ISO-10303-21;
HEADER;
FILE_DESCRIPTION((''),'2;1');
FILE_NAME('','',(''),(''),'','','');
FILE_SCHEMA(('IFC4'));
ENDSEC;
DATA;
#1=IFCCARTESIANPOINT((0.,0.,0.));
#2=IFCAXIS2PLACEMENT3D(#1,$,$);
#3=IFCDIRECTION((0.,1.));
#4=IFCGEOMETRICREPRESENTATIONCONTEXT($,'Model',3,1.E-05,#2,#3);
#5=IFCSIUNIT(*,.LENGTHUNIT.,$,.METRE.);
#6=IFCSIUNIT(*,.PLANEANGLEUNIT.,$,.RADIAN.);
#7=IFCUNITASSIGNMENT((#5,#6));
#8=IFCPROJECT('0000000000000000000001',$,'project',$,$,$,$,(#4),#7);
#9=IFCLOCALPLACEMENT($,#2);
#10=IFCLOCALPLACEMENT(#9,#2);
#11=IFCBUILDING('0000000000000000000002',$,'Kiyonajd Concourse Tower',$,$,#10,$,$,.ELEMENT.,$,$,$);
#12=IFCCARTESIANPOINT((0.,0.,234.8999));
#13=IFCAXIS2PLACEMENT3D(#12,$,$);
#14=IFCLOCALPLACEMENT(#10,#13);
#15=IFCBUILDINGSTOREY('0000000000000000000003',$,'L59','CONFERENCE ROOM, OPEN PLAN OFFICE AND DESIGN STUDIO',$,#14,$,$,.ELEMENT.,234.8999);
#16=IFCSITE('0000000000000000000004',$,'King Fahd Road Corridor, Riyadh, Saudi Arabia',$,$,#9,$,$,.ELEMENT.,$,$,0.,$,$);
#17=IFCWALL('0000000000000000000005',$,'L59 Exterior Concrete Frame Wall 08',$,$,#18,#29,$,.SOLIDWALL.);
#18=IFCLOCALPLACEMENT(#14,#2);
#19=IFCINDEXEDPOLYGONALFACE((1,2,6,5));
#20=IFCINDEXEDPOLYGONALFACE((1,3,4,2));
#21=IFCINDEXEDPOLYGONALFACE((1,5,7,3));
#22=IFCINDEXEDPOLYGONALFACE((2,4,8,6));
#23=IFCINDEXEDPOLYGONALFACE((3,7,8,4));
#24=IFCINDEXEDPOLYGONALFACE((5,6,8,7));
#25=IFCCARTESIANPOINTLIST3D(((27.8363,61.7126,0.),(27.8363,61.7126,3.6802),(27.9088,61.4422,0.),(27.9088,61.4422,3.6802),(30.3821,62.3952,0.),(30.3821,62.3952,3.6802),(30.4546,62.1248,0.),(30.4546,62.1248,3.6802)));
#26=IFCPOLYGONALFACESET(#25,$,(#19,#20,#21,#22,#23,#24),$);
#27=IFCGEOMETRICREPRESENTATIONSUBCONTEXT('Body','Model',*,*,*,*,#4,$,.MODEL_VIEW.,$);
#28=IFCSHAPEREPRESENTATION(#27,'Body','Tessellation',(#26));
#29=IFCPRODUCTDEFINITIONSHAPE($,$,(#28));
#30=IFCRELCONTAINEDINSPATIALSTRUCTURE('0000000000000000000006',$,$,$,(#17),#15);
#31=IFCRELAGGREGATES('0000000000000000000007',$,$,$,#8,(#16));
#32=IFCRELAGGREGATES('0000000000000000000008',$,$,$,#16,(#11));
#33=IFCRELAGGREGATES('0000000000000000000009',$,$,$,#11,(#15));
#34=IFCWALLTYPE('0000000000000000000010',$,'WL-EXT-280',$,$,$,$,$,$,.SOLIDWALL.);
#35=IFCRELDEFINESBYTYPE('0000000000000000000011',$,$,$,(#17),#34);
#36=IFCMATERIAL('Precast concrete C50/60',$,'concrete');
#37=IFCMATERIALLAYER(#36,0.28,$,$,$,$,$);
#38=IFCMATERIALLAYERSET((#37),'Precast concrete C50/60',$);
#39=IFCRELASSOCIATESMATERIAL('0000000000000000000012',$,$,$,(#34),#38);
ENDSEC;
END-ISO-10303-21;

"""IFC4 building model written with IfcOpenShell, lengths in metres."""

from ifc_helpers import new_model, si_unit, direction, frame, frame_2d, origin, place, context, subcontext, project, spatial, rectangle, extrude, material, layer, layer_set, type_object, element, save


model = new_model("IFC4")

# Units and contexts
model_context = context("Model", 3, precision=1e-05, world=origin(), true_north=direction((0.0, 1.0)))
body_context = subcontext(model_context, "Body", "Model", "MODEL_VIEW")
ifc_project = project(units=[si_unit("LENGTHUNIT", "METRE"), si_unit("PLANEANGLEUNIT", "RADIAN")], contexts=[model_context])

# Site, building, storey
site_placement = place(None, origin())
site = spatial("IfcSite", under=ifc_project, at=site_placement, Name="King Fahd Road Corridor, Riyadh, Saudi Arabia", CompositionType="ELEMENT", RefElevation=0.0)
building_placement = place(site_placement, origin())
building = spatial("IfcBuilding", under=site, at=building_placement, Name="Kiyonajd Concourse Tower", CompositionType="ELEMENT")
storey_placement = place(building_placement, frame((0.0, 0.0, 234.8999)))
storey = spatial("IfcBuildingStorey", under=building, at=storey_placement, Name="L59", Description="CONFERENCE ROOM, OPEN PLAN OFFICE AND DESIGN STUDIO", CompositionType="ELEMENT", Elevation=234.8999)

# Wall
ifc_material_1 = material(Name="Precast concrete C50/60", Category="concrete")
ifc_layer_1 = layer(ifc_material_1, 0.28)
ifc_layer_set_1 = layer_set([ifc_layer_1], Name="Precast concrete C50/60")
wall_type = type_object("IfcWallType", Name="WL-EXT-280", PredefinedType="SOLIDWALL", material=ifc_layer_set_1)
wall_1_placement = place(storey_placement, frame((27.8726, 61.5774, 0.0), z_axis=(0.0, 0.0, 1.0), x_axis=(0.965884, 0.258977, 0.0)))
element("IfcWall", 1, at=wall_1_placement, inside=storey, type_object=wall_type, Name="L59 Exterior Concrete Frame Wall 08", PredefinedType="SOLIDWALL", context=body_context, shape_type="SweptSolid", body=[
    extrude(rectangle(XDim=2.6357, YDim=0.28, at=frame_2d((1.3179, 0.0))), origin(), (0.0, 0.0, 1.0), 3.6802),
])

save(model, "model.ifc")
